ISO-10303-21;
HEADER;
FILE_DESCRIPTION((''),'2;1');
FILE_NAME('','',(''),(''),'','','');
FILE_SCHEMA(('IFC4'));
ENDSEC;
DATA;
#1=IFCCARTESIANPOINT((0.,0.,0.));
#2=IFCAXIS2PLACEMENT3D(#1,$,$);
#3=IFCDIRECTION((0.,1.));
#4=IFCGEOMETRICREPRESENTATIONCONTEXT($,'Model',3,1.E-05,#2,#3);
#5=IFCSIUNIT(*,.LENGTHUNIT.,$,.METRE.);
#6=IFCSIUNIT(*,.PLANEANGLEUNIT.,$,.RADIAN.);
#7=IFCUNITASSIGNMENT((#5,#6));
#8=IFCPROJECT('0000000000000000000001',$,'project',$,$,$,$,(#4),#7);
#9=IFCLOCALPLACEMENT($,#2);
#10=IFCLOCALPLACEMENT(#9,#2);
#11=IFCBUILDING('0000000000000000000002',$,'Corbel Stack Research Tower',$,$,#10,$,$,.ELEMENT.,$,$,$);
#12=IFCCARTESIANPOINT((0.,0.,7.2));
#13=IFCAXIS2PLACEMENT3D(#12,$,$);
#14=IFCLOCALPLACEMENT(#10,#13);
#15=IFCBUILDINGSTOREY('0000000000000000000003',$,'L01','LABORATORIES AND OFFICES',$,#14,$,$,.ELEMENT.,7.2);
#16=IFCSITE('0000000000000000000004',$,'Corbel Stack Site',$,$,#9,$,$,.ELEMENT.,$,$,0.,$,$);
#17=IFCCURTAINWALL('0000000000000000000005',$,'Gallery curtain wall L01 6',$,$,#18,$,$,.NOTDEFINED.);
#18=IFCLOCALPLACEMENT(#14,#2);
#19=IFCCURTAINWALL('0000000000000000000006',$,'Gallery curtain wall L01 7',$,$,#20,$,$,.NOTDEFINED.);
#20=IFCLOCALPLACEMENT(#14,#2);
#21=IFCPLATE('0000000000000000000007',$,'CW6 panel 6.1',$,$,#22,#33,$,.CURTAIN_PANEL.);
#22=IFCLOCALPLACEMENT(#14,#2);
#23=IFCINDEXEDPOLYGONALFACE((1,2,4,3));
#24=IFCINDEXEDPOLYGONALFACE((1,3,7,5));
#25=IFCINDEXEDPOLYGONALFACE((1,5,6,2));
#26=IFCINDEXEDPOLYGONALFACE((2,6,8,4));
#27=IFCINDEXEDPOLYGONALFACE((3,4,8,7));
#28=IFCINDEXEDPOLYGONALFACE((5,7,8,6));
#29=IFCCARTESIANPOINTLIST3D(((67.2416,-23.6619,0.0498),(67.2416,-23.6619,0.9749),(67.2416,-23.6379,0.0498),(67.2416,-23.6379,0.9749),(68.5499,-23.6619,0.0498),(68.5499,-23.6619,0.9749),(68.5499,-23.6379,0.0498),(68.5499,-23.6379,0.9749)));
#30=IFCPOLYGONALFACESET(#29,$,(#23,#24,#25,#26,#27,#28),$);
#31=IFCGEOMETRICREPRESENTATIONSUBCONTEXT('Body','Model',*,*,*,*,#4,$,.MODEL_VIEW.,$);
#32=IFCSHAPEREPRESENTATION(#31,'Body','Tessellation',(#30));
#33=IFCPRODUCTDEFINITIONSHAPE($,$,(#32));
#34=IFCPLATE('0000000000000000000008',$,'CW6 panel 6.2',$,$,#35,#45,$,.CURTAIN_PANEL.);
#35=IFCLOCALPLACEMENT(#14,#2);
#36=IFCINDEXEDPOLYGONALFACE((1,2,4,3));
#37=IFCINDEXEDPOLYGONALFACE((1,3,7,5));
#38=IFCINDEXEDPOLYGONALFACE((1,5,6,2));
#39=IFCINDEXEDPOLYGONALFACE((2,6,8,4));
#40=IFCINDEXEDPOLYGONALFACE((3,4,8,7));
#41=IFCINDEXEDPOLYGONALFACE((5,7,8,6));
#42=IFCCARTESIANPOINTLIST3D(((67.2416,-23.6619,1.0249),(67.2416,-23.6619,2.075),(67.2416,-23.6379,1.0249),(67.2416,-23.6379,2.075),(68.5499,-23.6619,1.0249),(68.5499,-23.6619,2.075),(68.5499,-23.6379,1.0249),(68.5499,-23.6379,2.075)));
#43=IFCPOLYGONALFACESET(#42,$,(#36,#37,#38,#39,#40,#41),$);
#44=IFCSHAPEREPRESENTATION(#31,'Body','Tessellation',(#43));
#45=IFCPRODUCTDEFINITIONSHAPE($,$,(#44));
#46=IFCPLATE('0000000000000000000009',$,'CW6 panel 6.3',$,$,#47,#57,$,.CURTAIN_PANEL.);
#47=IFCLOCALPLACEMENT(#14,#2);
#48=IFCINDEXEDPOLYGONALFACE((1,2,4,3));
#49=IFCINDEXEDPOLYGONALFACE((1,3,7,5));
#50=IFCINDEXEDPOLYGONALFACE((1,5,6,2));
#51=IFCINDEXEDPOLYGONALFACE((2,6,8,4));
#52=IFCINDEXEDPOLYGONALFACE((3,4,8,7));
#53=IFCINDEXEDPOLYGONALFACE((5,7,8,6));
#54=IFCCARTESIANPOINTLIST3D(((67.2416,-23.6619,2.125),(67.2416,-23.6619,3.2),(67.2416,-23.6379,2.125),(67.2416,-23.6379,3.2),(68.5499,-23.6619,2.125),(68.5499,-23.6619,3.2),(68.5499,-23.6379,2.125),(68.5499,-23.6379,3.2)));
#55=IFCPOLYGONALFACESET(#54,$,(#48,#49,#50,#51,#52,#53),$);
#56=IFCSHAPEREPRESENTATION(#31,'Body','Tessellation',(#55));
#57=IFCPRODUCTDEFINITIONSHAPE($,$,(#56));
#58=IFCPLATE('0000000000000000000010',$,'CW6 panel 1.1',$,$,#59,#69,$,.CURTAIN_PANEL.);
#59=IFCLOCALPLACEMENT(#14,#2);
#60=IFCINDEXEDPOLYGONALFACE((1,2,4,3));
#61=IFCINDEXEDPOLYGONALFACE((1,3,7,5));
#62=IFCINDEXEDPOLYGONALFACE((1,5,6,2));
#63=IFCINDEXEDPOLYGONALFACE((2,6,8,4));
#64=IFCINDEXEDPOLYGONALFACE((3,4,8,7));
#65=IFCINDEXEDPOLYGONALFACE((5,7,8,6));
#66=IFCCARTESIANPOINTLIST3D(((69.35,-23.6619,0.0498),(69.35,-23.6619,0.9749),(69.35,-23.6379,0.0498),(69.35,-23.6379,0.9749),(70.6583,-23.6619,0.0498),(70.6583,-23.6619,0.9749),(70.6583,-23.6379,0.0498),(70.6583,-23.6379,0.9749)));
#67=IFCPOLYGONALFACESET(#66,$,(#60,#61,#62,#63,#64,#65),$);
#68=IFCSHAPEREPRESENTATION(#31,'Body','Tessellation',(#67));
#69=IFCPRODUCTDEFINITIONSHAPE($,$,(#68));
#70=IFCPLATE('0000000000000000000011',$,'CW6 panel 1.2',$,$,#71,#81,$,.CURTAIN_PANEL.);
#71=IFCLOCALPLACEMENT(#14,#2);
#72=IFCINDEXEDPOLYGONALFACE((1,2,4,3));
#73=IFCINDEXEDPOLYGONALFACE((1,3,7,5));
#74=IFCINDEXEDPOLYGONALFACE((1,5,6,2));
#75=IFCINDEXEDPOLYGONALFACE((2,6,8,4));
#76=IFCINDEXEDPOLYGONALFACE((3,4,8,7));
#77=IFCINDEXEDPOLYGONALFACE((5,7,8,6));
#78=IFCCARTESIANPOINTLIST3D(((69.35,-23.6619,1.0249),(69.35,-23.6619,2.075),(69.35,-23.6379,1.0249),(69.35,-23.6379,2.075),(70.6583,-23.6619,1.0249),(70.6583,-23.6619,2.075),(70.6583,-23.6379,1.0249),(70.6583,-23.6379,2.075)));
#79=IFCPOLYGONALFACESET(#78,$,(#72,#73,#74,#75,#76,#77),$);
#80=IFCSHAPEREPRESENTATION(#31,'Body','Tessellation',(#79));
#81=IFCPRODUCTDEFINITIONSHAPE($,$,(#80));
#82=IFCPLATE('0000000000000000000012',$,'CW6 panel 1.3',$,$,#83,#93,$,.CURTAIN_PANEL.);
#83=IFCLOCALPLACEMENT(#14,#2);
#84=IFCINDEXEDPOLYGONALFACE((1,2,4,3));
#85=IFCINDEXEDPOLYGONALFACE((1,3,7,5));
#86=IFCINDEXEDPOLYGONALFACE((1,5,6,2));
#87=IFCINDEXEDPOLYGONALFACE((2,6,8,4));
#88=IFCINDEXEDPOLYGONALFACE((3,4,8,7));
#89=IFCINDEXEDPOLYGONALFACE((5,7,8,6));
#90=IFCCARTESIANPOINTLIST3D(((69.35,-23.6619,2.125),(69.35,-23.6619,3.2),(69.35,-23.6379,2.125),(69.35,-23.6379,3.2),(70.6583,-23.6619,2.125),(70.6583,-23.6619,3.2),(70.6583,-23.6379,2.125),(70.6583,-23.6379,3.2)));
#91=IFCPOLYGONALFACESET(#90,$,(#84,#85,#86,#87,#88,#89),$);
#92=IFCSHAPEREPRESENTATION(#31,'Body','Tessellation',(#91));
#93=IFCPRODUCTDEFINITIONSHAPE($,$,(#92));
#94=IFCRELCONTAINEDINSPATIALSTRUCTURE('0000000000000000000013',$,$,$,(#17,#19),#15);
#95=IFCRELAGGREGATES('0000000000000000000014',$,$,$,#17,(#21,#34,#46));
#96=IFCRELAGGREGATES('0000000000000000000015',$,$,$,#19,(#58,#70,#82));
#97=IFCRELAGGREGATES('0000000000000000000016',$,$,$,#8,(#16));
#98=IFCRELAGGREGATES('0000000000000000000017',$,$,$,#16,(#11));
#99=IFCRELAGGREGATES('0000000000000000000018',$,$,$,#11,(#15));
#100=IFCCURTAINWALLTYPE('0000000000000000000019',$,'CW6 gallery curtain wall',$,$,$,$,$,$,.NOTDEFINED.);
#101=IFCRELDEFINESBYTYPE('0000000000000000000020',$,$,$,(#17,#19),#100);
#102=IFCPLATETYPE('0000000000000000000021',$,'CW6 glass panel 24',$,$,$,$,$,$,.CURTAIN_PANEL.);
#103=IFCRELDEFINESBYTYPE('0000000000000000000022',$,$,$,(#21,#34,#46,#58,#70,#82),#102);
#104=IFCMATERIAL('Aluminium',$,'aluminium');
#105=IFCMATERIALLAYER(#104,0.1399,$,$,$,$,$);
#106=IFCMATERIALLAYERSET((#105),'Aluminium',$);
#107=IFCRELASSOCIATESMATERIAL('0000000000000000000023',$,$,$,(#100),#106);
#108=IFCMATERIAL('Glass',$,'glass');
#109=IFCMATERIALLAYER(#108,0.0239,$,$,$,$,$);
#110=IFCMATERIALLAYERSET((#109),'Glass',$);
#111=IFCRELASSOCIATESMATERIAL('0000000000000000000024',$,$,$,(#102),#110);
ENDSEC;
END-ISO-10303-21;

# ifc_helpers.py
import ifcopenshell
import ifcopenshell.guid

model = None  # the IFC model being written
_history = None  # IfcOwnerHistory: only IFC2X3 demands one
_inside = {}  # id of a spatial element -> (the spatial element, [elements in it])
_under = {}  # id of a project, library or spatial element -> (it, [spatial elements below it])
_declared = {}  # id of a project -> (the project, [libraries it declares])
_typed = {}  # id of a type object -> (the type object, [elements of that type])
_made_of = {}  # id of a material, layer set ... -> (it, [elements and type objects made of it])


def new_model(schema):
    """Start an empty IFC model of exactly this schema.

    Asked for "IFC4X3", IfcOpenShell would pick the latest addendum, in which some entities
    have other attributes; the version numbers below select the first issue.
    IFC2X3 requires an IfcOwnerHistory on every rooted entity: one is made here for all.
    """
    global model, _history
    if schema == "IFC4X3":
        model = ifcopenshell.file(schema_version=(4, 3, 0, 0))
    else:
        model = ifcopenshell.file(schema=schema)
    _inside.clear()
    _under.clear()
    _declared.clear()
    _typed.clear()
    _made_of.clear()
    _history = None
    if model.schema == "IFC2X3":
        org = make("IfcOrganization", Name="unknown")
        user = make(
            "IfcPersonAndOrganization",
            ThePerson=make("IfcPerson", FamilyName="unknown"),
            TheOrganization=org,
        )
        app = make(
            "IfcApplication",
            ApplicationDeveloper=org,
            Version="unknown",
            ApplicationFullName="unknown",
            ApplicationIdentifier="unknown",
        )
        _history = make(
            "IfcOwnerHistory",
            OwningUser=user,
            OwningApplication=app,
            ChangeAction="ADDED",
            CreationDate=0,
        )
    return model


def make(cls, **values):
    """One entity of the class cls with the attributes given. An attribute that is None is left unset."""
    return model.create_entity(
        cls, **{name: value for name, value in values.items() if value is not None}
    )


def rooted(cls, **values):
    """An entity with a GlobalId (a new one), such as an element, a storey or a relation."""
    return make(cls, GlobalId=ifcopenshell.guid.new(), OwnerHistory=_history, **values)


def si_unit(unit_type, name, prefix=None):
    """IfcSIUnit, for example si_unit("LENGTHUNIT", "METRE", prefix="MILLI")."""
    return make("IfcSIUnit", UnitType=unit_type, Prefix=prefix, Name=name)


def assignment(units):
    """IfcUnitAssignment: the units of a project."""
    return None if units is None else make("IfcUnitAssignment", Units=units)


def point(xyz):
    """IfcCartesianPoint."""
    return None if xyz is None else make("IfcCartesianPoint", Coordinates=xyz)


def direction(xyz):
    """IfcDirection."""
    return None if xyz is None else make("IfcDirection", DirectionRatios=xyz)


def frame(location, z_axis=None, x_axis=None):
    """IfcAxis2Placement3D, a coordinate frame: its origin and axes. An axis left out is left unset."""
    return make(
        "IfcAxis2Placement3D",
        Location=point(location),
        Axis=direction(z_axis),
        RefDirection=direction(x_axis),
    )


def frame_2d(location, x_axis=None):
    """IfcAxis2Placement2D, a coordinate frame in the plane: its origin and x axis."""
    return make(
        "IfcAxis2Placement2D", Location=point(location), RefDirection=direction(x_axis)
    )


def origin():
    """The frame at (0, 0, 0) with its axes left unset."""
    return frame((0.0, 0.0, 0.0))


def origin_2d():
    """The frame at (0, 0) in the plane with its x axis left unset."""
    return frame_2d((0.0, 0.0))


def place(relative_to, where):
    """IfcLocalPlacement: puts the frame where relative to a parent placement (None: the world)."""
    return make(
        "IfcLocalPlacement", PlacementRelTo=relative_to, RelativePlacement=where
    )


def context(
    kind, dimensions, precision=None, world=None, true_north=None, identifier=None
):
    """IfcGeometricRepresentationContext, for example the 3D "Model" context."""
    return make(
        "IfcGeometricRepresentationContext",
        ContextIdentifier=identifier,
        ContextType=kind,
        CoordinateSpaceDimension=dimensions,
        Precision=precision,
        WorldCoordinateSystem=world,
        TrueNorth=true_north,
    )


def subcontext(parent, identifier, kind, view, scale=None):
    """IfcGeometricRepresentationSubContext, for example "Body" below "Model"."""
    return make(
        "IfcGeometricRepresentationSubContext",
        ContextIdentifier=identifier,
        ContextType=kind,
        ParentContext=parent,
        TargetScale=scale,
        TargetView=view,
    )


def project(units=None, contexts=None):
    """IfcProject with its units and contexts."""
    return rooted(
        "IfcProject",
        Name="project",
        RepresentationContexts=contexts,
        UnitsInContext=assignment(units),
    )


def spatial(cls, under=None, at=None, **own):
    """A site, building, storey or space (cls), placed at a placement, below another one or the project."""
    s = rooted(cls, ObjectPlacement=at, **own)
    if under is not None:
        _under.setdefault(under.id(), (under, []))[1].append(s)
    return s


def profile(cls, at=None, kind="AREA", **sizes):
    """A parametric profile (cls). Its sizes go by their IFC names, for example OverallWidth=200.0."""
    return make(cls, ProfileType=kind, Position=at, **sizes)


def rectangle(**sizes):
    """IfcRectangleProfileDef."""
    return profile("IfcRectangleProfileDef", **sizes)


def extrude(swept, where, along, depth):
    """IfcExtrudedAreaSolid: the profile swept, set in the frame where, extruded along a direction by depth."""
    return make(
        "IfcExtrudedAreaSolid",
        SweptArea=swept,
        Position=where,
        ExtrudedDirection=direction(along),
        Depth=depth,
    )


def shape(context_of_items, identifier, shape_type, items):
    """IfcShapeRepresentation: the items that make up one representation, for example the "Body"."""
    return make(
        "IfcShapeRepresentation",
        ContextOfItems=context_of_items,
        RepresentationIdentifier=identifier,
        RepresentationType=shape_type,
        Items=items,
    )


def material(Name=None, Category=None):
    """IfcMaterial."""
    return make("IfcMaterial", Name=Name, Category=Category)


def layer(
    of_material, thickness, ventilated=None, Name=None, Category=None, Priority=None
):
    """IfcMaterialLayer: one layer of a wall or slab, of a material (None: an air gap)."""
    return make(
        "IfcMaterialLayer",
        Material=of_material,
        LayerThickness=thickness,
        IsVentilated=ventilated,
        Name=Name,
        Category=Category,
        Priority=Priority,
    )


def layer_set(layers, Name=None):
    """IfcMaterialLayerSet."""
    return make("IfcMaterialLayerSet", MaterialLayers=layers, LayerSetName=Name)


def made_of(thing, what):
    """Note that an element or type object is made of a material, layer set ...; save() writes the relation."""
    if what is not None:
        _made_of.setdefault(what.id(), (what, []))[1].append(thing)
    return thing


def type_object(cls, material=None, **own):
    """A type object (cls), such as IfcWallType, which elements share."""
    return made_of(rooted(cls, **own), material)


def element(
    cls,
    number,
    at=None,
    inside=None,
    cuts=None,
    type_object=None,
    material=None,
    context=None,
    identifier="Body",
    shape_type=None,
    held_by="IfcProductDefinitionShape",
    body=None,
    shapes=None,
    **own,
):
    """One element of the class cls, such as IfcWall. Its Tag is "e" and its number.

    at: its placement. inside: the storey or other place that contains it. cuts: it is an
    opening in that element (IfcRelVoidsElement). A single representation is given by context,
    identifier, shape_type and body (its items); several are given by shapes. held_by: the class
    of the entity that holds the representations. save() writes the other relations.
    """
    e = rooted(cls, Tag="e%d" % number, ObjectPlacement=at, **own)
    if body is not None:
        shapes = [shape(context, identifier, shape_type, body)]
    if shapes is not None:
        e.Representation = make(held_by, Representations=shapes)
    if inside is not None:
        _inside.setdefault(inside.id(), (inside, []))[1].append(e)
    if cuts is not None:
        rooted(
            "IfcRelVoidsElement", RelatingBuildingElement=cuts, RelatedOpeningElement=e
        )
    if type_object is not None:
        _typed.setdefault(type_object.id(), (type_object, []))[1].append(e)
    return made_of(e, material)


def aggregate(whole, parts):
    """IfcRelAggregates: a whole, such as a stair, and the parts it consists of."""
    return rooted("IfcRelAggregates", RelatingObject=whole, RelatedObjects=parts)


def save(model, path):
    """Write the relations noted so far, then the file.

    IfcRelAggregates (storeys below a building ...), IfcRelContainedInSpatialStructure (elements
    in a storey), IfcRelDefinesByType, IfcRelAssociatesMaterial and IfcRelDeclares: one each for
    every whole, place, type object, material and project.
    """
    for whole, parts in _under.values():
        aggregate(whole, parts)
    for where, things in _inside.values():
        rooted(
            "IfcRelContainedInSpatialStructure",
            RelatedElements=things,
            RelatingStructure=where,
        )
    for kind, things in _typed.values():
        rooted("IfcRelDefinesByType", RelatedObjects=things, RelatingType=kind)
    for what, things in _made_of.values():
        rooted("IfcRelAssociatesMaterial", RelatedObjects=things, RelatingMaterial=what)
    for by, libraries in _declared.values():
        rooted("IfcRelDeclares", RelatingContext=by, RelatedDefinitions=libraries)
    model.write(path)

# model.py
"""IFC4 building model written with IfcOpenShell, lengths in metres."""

from ifc_helpers import new_model, si_unit, direction, frame, origin, origin_2d, place, context, subcontext, project, spatial, rectangle, extrude, material, layer, layer_set, type_object, element, aggregate, save


model = new_model("IFC4")

# Units and contexts
model_context = context("Model", 3, precision=1e-05, world=origin(), true_north=direction((0.0, 1.0)))
body_context = subcontext(model_context, "Body", "Model", "MODEL_VIEW")
ifc_project = project(units=[si_unit("LENGTHUNIT", "METRE"), si_unit("PLANEANGLEUNIT", "RADIAN")], contexts=[model_context])

# Site, building, storey
site_placement = place(None, origin())
site = spatial("IfcSite", under=ifc_project, at=site_placement, Name="Corbel Stack Site", CompositionType="ELEMENT", RefElevation=0.0)
building_placement = place(site_placement, origin())
building = spatial("IfcBuilding", under=site, at=building_placement, Name="Corbel Stack Research Tower", CompositionType="ELEMENT")
storey_placement = place(building_placement, frame((0.0, 0.0, 7.2)))
storey = spatial("IfcBuildingStorey", under=building, at=storey_placement, Name="L01", Description="LABORATORIES AND OFFICES", CompositionType="ELEMENT", Elevation=7.2)

# Curtain walls
ifc_material_1 = material(Name="Aluminium", Category="aluminium")
ifc_layer_1 = layer(ifc_material_1, 0.1399)
ifc_layer_set_1 = layer_set([ifc_layer_1], Name="Aluminium")
curtain_wall_type = type_object("IfcCurtainWallType", Name="CW6 gallery curtain wall", PredefinedType="NOTDEFINED", material=ifc_layer_set_1)
curtain_wall_1_placement = place(storey_placement, origin())
curtain_wall_1 = element("IfcCurtainWall", 1, at=curtain_wall_1_placement, inside=storey, type_object=curtain_wall_type, Name="Gallery curtain wall L01 6", PredefinedType="NOTDEFINED")
curtain_wall_2_placement = place(storey_placement, origin())
curtain_wall_2 = element("IfcCurtainWall", 2, at=curtain_wall_2_placement, inside=storey, type_object=curtain_wall_type, Name="Gallery curtain wall L01 7", PredefinedType="NOTDEFINED")

# Plates
ifc_material_2 = material(Name="Glass", Category="glass")
ifc_layer_2 = layer(ifc_material_2, 0.0239)
ifc_layer_set_2 = layer_set([ifc_layer_2], Name="Glass")
plate_type = type_object("IfcPlateType", Name="CW6 glass panel 24", PredefinedType="CURTAIN_PANEL", material=ifc_layer_set_2)
plate_1_placement = place(storey_placement, frame((67.8958, -23.6499, 0.0498), z_axis=(0.0, 0.0, 1.0), x_axis=(1.0, 0.0, 0.0)))
plate_1 = element("IfcPlate", 3, at=plate_1_placement, type_object=plate_type, Name="CW6 panel 6.1", PredefinedType="CURTAIN_PANEL", context=body_context, shape_type="SweptSolid", body=[
    extrude(rectangle(XDim=1.3083, YDim=0.0239, at=origin_2d()), origin(), (0.0, 0.0, 1.0), 0.925),
])
plate_2_placement = place(storey_placement, frame((67.8958, -23.6499, 1.0249), z_axis=(0.0, 0.0, 1.0), x_axis=(1.0, 0.0, 0.0)))
plate_2 = element("IfcPlate", 4, at=plate_2_placement, type_object=plate_type, Name="CW6 panel 6.2", PredefinedType="CURTAIN_PANEL", context=body_context, shape_type="SweptSolid", body=[
    extrude(rectangle(XDim=1.3083, YDim=0.0239, at=origin_2d()), origin(), (0.0, 0.0, 1.0), 1.05),
])
plate_3_placement = place(storey_placement, frame((67.8958, -23.6499, 2.125), z_axis=(0.0, 0.0, 1.0), x_axis=(1.0, 0.0, 0.0)))
plate_3 = element("IfcPlate", 5, at=plate_3_placement, type_object=plate_type, Name="CW6 panel 6.3", PredefinedType="CURTAIN_PANEL", context=body_context, shape_type="SweptSolid", body=[
    extrude(rectangle(XDim=1.3083, YDim=0.0239, at=origin_2d()), origin(), (0.0, 0.0, 1.0), 1.075),
])
aggregate(curtain_wall_1, [plate_1, plate_2, plate_3])
plate_4_placement = place(storey_placement, frame((70.0042, -23.6499, 0.0498), z_axis=(0.0, 0.0, 1.0), x_axis=(1.0, 0.0, 0.0)))
plate_4 = element("IfcPlate", 6, at=plate_4_placement, type_object=plate_type, Name="CW6 panel 1.1", PredefinedType="CURTAIN_PANEL", context=body_context, shape_type="SweptSolid", body=[
    extrude(rectangle(XDim=1.3083, YDim=0.0239, at=origin_2d()), origin(), (0.0, 0.0, 1.0), 0.925),
])
plate_5_placement = place(storey_placement, frame((70.0042, -23.6499, 1.0249), z_axis=(0.0, 0.0, 1.0), x_axis=(1.0, 0.0, 0.0)))
plate_5 = element("IfcPlate", 7, at=plate_5_placement, type_object=plate_type, Name="CW6 panel 1.2", PredefinedType="CURTAIN_PANEL", context=body_context, shape_type="SweptSolid", body=[
    extrude(rectangle(XDim=1.3083, YDim=0.0239, at=origin_2d()), origin(), (0.0, 0.0, 1.0), 1.05),
])
plate_6_placement = place(storey_placement, frame((70.0042, -23.6499, 2.125), z_axis=(0.0, 0.0, 1.0), x_axis=(1.0, 0.0, 0.0)))
plate_6 = element("IfcPlate", 8, at=plate_6_placement, type_object=plate_type, Name="CW6 panel 1.3", PredefinedType="CURTAIN_PANEL", context=body_context, shape_type="SweptSolid", body=[
    extrude(rectangle(XDim=1.3083, YDim=0.0239, at=origin_2d()), origin(), (0.0, 0.0, 1.0), 1.075),
])
aggregate(curtain_wall_2, [plate_4, plate_5, plate_6])

save(model, "model.ifc")
